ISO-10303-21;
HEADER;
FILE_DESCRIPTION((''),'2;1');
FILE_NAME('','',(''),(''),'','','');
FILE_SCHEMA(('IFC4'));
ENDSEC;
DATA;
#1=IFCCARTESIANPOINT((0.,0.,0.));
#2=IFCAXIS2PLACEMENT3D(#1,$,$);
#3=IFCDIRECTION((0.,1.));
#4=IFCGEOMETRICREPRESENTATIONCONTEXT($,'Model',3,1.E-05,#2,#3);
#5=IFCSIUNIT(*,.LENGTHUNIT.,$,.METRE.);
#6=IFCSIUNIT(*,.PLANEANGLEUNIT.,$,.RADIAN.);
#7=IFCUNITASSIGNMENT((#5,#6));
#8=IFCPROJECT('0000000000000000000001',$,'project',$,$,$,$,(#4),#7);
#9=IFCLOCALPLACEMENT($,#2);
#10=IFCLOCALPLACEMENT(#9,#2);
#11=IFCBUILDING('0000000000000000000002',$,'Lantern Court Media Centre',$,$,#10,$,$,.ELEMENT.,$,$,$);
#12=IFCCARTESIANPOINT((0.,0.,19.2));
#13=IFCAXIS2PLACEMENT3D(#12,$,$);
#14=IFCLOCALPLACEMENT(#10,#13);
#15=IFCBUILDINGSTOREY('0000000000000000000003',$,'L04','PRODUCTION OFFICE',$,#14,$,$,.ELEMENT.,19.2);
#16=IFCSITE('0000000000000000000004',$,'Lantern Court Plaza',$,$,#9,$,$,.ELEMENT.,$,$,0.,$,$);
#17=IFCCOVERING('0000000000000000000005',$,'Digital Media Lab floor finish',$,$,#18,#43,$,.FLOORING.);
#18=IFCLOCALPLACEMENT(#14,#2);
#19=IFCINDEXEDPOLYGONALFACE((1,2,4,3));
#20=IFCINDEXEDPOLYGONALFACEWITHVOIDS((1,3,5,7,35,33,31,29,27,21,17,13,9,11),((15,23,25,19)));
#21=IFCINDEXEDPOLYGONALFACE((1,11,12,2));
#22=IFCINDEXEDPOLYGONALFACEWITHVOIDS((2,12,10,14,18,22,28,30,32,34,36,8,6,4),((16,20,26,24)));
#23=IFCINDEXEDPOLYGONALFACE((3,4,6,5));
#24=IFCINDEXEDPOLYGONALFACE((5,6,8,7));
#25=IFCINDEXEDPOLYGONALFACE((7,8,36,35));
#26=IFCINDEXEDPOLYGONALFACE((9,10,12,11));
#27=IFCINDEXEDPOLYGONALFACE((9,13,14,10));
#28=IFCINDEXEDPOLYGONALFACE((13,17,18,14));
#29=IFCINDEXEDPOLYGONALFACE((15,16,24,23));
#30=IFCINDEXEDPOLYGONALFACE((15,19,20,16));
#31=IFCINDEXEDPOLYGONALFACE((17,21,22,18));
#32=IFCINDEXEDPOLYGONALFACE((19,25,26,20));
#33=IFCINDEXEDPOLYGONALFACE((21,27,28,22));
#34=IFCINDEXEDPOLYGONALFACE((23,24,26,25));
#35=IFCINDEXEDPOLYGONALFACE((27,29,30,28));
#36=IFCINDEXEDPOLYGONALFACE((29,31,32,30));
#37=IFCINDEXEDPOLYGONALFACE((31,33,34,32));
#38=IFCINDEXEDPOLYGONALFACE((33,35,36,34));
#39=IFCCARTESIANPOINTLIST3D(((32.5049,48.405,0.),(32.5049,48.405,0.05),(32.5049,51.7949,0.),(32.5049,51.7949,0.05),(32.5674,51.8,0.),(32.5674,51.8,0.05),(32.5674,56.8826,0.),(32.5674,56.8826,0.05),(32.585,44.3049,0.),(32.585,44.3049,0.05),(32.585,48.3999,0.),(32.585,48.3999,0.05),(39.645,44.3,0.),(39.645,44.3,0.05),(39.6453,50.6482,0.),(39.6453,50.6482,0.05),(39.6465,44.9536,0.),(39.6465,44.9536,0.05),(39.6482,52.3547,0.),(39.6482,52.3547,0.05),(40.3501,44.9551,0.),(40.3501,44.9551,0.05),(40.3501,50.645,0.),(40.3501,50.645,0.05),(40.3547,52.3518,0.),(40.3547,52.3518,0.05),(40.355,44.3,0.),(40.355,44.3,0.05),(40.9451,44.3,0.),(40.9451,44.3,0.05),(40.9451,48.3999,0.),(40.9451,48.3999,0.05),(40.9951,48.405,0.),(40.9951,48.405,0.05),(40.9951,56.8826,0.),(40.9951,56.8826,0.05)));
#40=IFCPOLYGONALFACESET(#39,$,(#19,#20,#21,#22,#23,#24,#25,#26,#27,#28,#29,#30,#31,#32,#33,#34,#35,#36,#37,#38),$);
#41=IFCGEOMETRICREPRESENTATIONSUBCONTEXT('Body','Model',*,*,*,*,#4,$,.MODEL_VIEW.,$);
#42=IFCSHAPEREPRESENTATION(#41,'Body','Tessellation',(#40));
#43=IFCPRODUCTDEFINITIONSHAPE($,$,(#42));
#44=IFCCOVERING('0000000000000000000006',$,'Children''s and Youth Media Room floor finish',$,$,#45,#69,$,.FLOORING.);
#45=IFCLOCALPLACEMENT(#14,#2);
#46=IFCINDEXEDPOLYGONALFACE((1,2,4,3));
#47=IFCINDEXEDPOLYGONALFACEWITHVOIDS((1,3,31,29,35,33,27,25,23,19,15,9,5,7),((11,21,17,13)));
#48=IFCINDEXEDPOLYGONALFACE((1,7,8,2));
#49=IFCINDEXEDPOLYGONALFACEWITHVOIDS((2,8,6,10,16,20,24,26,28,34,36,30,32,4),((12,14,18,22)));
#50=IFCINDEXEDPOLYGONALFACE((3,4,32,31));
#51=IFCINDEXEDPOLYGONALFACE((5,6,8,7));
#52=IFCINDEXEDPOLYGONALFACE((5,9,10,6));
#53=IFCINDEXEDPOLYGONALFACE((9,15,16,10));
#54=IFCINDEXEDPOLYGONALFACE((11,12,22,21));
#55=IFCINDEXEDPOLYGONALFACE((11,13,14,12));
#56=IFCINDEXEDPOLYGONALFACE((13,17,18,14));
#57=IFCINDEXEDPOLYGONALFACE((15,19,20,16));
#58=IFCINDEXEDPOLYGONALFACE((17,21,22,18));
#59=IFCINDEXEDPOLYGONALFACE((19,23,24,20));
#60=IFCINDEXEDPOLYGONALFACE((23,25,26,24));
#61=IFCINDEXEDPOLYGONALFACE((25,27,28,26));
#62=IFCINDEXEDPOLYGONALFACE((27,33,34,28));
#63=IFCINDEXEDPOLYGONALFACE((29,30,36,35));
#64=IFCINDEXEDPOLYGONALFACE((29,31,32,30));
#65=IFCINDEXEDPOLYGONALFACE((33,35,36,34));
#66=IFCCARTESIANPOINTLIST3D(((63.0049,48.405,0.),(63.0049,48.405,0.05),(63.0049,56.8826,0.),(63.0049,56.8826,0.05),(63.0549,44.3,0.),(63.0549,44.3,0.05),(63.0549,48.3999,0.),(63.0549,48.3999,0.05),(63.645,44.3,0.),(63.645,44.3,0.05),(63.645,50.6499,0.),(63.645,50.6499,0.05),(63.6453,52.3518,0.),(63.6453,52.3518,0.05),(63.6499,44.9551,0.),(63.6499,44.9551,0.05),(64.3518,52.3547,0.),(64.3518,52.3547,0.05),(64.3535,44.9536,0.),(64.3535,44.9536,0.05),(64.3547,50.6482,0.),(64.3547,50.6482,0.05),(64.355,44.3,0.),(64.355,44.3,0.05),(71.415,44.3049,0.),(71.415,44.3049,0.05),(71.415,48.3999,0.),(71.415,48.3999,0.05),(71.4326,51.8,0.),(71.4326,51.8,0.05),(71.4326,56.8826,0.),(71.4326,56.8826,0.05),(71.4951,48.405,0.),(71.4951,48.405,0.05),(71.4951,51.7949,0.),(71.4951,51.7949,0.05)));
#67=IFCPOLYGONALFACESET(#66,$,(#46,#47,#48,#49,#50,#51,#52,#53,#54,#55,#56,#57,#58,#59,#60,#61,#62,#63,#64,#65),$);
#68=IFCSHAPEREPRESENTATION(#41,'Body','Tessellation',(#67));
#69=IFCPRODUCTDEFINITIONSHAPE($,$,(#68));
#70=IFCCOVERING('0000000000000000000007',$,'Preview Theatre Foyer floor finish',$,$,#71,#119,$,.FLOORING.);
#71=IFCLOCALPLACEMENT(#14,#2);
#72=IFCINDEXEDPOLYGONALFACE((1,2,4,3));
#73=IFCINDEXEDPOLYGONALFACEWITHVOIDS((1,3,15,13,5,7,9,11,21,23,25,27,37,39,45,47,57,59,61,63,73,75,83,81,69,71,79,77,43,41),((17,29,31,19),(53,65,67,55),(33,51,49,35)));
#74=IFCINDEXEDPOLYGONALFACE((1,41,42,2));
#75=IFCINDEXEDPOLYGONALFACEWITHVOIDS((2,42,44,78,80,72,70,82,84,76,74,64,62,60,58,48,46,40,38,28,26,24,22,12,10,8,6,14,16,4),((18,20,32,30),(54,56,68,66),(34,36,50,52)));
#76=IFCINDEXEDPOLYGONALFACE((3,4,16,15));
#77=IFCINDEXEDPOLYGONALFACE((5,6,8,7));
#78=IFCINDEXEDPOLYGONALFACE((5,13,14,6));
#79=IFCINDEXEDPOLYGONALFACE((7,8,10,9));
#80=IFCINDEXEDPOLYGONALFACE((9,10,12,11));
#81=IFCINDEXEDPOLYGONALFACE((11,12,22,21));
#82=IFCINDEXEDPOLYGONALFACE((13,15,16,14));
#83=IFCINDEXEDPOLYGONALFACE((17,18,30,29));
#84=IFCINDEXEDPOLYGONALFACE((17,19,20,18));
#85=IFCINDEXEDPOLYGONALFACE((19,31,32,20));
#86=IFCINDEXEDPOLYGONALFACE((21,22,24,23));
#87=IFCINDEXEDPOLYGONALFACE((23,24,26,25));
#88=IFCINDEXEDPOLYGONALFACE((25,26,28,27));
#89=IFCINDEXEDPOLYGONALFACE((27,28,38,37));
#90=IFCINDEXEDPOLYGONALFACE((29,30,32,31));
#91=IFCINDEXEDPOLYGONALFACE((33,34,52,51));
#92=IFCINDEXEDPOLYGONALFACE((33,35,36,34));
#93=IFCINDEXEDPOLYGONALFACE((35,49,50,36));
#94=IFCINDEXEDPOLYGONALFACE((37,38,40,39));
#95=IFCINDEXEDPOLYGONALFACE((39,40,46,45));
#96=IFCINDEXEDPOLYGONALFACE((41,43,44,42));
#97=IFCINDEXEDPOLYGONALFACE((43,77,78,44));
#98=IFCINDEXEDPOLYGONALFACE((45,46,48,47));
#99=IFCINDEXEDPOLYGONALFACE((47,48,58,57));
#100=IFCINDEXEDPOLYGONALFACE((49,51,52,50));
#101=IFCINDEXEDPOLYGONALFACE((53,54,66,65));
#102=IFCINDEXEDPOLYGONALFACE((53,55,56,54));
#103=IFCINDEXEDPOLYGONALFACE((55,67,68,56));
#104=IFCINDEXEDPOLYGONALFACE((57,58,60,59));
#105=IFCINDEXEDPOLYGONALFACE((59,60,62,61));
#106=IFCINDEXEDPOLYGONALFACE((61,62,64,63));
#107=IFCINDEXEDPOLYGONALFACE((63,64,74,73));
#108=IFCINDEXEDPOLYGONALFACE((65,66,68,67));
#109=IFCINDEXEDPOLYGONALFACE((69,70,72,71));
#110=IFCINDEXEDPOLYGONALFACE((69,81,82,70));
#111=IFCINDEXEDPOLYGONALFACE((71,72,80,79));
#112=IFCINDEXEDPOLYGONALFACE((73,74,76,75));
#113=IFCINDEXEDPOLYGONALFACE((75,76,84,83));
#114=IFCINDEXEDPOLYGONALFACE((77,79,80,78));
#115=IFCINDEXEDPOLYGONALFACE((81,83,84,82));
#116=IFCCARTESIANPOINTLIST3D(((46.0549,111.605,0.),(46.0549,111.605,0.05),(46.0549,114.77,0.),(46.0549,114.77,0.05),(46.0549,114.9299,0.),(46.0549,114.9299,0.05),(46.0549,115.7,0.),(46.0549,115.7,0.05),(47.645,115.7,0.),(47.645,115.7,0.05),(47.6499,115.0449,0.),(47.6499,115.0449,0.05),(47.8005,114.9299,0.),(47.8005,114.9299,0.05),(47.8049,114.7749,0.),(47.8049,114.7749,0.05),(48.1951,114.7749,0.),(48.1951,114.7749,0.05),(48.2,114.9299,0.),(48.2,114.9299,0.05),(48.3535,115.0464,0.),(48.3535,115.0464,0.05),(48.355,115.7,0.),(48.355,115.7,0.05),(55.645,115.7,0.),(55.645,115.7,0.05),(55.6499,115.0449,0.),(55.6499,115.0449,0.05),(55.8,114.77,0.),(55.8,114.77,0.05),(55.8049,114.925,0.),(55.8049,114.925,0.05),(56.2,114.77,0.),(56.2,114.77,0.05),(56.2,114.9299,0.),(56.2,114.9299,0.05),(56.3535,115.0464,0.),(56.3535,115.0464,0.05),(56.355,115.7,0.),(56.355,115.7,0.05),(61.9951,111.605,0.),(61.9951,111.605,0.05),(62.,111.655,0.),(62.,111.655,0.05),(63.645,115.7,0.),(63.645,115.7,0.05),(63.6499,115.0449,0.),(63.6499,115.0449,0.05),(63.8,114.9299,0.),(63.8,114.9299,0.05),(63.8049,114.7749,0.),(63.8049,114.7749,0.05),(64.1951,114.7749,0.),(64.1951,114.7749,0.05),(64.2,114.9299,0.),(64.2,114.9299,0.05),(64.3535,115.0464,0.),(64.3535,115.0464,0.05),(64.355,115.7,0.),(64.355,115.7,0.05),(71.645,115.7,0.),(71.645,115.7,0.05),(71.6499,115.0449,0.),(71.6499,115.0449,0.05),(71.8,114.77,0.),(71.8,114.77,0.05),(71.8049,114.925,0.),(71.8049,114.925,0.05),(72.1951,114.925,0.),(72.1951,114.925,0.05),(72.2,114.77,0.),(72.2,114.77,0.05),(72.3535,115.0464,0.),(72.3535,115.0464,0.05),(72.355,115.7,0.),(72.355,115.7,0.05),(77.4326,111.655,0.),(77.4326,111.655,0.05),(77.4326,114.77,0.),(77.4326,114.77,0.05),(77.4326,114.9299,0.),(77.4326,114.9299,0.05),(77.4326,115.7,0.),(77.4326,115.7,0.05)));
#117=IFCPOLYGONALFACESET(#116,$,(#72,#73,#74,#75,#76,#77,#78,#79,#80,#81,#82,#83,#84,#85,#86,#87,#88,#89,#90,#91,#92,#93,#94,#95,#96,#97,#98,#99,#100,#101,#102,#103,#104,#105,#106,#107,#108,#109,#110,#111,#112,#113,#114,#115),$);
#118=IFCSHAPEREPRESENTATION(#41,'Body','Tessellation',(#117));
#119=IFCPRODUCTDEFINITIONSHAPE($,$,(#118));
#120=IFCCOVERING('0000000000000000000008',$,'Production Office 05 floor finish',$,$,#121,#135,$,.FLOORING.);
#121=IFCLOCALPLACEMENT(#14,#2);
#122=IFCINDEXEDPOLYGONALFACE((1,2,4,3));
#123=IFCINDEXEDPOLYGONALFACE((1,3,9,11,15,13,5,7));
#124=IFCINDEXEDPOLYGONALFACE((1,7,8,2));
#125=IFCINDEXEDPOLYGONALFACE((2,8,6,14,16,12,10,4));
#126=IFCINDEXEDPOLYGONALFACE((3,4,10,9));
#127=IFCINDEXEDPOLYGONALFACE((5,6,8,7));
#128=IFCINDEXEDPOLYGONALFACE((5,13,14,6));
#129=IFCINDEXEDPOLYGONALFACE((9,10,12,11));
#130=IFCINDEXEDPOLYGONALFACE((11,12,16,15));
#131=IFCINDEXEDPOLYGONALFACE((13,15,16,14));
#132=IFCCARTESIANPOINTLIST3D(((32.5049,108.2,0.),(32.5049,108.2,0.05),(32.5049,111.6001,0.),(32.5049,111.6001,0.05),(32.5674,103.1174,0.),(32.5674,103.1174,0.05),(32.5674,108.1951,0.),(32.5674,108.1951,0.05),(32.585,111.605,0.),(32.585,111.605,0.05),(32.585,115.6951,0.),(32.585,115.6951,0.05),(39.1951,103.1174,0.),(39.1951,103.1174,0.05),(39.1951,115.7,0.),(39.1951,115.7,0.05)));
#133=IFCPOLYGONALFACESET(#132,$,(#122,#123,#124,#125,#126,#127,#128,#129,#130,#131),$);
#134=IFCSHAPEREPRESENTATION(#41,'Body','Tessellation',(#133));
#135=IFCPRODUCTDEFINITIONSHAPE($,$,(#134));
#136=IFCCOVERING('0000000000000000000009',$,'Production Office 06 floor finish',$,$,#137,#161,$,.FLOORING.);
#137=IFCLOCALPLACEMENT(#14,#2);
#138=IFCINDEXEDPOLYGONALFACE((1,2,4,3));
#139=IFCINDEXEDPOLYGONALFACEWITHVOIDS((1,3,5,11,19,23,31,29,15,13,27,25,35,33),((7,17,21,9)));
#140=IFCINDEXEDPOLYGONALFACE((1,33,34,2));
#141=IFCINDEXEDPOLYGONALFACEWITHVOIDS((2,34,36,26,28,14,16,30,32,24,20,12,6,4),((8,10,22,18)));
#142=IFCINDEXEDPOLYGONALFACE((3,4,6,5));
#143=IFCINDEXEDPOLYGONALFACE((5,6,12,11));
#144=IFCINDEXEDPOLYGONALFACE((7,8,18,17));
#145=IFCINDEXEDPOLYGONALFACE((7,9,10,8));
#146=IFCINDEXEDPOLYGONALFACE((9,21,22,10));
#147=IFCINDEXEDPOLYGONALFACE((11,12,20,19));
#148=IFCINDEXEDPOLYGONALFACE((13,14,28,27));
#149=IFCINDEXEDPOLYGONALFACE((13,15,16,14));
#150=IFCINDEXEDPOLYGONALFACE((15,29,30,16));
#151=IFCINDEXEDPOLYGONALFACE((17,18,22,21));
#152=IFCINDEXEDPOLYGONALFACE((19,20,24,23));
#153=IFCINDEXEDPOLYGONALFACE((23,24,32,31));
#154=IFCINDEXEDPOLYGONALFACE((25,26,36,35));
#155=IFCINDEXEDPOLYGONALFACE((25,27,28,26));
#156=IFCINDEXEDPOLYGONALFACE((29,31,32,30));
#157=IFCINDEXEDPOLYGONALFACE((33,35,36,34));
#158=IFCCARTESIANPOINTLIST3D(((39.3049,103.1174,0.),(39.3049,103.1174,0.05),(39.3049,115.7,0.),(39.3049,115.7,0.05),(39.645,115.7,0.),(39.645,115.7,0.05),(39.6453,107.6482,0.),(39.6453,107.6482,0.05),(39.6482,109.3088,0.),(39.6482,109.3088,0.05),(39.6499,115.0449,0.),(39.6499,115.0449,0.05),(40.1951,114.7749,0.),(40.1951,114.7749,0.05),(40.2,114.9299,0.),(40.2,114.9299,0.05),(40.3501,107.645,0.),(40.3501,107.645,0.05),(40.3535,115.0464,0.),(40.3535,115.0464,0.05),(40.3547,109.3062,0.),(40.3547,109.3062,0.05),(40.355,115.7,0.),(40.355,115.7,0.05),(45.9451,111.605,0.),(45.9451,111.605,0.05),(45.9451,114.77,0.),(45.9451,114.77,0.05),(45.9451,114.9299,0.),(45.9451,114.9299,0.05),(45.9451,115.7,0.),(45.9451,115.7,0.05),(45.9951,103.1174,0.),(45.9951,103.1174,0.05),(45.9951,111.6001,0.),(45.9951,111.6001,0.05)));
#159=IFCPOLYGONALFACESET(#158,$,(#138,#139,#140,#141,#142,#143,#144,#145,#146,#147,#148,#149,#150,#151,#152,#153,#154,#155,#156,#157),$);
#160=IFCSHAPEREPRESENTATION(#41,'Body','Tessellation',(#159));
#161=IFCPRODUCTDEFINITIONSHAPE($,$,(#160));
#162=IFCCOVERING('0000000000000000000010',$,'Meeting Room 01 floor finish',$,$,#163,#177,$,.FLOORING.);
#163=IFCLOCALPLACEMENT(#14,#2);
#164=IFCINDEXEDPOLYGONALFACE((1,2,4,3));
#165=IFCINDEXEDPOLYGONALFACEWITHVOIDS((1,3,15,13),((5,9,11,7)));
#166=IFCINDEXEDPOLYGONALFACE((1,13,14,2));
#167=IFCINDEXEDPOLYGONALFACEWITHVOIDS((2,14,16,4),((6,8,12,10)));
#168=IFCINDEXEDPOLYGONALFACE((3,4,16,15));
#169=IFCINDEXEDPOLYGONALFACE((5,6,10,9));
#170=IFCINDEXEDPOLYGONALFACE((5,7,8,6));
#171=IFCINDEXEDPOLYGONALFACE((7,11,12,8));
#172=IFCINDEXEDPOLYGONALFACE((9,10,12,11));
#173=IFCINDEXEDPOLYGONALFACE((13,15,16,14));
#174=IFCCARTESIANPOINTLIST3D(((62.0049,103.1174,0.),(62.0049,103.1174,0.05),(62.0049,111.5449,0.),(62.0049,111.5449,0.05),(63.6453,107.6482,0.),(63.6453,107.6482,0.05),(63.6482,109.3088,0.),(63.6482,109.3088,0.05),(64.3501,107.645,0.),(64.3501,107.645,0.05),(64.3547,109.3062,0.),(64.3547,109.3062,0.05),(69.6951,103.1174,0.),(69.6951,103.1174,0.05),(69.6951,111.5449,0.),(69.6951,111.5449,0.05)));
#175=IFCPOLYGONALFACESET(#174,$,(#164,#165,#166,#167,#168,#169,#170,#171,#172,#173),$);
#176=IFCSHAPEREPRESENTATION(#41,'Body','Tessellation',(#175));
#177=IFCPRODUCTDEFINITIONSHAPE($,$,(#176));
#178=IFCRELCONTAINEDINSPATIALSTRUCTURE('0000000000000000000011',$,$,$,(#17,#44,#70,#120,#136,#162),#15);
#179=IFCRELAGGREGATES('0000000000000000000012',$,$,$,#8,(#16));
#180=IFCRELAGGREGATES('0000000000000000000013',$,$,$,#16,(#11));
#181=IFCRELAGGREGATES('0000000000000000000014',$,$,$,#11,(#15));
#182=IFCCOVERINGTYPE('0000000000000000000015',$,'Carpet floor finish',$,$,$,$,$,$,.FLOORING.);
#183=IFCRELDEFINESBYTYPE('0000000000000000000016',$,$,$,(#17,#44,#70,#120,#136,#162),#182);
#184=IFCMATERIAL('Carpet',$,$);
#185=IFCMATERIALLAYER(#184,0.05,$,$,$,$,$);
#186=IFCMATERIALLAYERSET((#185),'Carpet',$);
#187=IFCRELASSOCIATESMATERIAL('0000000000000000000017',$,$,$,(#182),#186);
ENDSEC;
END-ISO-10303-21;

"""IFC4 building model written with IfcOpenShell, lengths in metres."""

from ifc_helpers import new_model, si_unit, direction, frame, origin, place, context, subcontext, project, spatial, polyline, outline, extrude, material, layer, layer_set, type_object, element, save


model = new_model("IFC4")

# Units and contexts
model_context = context("Model", 3, precision=1e-05, world=origin(), true_north=direction((0.0, 1.0)))
body_context = subcontext(model_context, "Body", "Model", "MODEL_VIEW")
ifc_project = project(units=[si_unit("LENGTHUNIT", "METRE"), si_unit("PLANEANGLEUNIT", "RADIAN")], contexts=[model_context])

# Site, building, storey
site_placement = place(None, origin())
site = spatial("IfcSite", under=ifc_project, at=site_placement, Name="Lantern Court Plaza", CompositionType="ELEMENT", RefElevation=0.0)
building_placement = place(site_placement, origin())
building = spatial("IfcBuilding", under=site, at=building_placement, Name="Lantern Court Media Centre", CompositionType="ELEMENT")
storey_placement = place(building_placement, frame((0.0, 0.0, 19.2)))
storey = spatial("IfcBuildingStorey", under=building, at=storey_placement, Name="L04", Description="PRODUCTION OFFICE", CompositionType="ELEMENT", Elevation=19.2)

# Coverings
ifc_material_1 = material(Name="Carpet")
ifc_layer_1 = layer(ifc_material_1, 0.05)
ifc_layer_set_1 = layer_set([ifc_layer_1], Name="Carpet")
covering_type_1 = type_object("IfcCoveringType", Name="Carpet floor finish", PredefinedType="FLOORING", material=ifc_layer_set_1)
covering_1_placement = place(storey_placement, origin())
element("IfcCovering", 1, at=covering_1_placement, inside=storey, type_object=covering_type_1, Name="Digital Media Lab floor finish", PredefinedType="FLOORING", context=body_context, shape_type="SweptSolid", body=[
    extrude(outline(polyline([(39.645, 44.3), (32.585, 44.3049), (32.585, 48.3999), (32.5049, 48.405), (32.5049, 51.7949), (32.5674, 51.8), (32.5674, 56.8826), (40.9951, 56.8826), (40.9951, 48.405), (40.9451, 48.3999), (40.9451, 44.3), (40.355, 44.3), (40.3501, 44.9551), (39.6465, 44.9536), (39.645, 44.3)]), holes=[polyline([(40.3501, 50.645), (40.3547, 52.3518), (39.6482, 52.3547), (39.6453, 50.6482), (40.3501, 50.645)])]), origin(), (0.0, 0.0, 1.0), 0.05),
])
covering_2_placement = place(storey_placement, origin())
element("IfcCovering", 2, at=covering_2_placement, inside=storey, type_object=covering_type_1, Name="Children's and Youth Media Room floor finish", PredefinedType="FLOORING", context=body_context, shape_type="SweptSolid", body=[
    extrude(outline(polyline([(63.0549, 44.3), (63.0549, 48.3999), (63.0049, 48.405), (63.0049, 56.8826), (71.4326, 56.8826), (71.4326, 51.8), (71.4951, 51.7949), (71.4951, 48.405), (71.415, 48.3999), (71.415, 44.3049), (64.355, 44.3), (64.3535, 44.9536), (63.6499, 44.9551), (63.645, 44.3), (63.0549, 44.3)]), holes=[polyline([(63.645, 50.6499), (64.3547, 50.6482), (64.3518, 52.3547), (63.6453, 52.3518), (63.645, 50.6499)])]), origin(), (0.0, 0.0, 1.0), 0.05),
])
covering_3_placement = place(storey_placement, origin())
element("IfcCovering", 3, at=covering_3_placement, inside=storey, type_object=covering_type_1, Name="Preview Theatre Foyer floor finish", PredefinedType="FLOORING", context=body_context, shape_type="SweptSolid", body=[
    extrude(outline(polyline([(77.4326, 115.7), (77.4326, 114.9299), (72.1951, 114.925), (72.2, 114.77), (77.4326, 114.77), (77.4326, 111.655), (62.0, 111.655), (61.9951, 111.605), (46.0549, 111.605), (46.0549, 114.77), (47.8049, 114.7749), (47.8005, 114.9299), (46.0549, 114.9299), (46.0549, 115.7), (47.645, 115.7), (47.6499, 115.0449), (48.3535, 115.0464), (48.355, 115.7), (55.645, 115.7), (55.6499, 115.0449), (56.3535, 115.0464), (56.355, 115.7), (63.645, 115.7), (63.6499, 115.0449), (64.3535, 115.0464), (64.355, 115.7), (71.645, 115.7), (71.6499, 115.0449), (72.3535, 115.0464), (72.355, 115.7), (77.4326, 115.7)]), holes=[polyline([(64.1951, 114.7749), (71.8, 114.77), (71.8049, 114.925), (64.2, 114.9299), (64.1951, 114.7749)]), polyline([(56.2, 114.9299), (56.2, 114.77), (63.8049, 114.7749), (63.8, 114.9299), (56.2, 114.9299)]), polyline([(48.1951, 114.7749), (55.8, 114.77), (55.8049, 114.925), (48.2, 114.9299), (48.1951, 114.7749)])]), origin(), (0.0, 0.0, 1.0), 0.05),
])
covering_4_placement = place(storey_placement, origin())
element("IfcCovering", 4, at=covering_4_placement, inside=storey, type_object=covering_type_1, Name="Production Office 05 floor finish", PredefinedType="FLOORING", context=body_context, shape_type="SweptSolid", body=[
    extrude(outline(polyline([(39.1951, 115.7), (39.1951, 103.1174), (32.5674, 103.1174), (32.5674, 108.1951), (32.5049, 108.2), (32.5049, 111.6001), (32.585, 111.605), (32.585, 115.6951), (39.1951, 115.7)])), origin(), (0.0, 0.0, 1.0), 0.05),
])
covering_5_placement = place(storey_placement, origin())
element("IfcCovering", 5, at=covering_5_placement, inside=storey, type_object=covering_type_1, Name="Production Office 06 floor finish", PredefinedType="FLOORING", context=body_context, shape_type="SweptSolid", body=[
    extrude(outline(polyline([(45.9451, 115.7), (45.9451, 114.9299), (40.2, 114.9299), (40.1951, 114.7749), (45.9451, 114.77), (45.9451, 111.605), (45.9951, 111.6001), (45.9951, 103.1174), (39.3049, 103.1174), (39.3049, 115.7), (39.645, 115.7), (39.6499, 115.0449), (40.3535, 115.0464), (40.355, 115.7), (45.9451, 115.7)]), holes=[polyline([(40.3501, 107.645), (40.3547, 109.3062), (39.6482, 109.3088), (39.6453, 107.6482), (40.3501, 107.645)])]), origin(), (0.0, 0.0, 1.0), 0.05),
])
covering_6_placement = place(storey_placement, origin())
element("IfcCovering", 6, at=covering_6_placement, inside=storey, type_object=covering_type_1, Name="Meeting Room 01 floor finish", PredefinedType="FLOORING", context=body_context, shape_type="SweptSolid", body=[
    extrude(outline(polyline([(69.6951, 103.1174), (62.0049, 103.1174), (62.0049, 111.5449), (69.6951, 111.5449), (69.6951, 103.1174)]), holes=[polyline([(64.3501, 107.645), (64.3547, 109.3062), (63.6482, 109.3088), (63.6453, 107.6482), (64.3501, 107.645)])]), origin(), (0.0, 0.0, 1.0), 0.05),
])

save(model, "model.ifc")
